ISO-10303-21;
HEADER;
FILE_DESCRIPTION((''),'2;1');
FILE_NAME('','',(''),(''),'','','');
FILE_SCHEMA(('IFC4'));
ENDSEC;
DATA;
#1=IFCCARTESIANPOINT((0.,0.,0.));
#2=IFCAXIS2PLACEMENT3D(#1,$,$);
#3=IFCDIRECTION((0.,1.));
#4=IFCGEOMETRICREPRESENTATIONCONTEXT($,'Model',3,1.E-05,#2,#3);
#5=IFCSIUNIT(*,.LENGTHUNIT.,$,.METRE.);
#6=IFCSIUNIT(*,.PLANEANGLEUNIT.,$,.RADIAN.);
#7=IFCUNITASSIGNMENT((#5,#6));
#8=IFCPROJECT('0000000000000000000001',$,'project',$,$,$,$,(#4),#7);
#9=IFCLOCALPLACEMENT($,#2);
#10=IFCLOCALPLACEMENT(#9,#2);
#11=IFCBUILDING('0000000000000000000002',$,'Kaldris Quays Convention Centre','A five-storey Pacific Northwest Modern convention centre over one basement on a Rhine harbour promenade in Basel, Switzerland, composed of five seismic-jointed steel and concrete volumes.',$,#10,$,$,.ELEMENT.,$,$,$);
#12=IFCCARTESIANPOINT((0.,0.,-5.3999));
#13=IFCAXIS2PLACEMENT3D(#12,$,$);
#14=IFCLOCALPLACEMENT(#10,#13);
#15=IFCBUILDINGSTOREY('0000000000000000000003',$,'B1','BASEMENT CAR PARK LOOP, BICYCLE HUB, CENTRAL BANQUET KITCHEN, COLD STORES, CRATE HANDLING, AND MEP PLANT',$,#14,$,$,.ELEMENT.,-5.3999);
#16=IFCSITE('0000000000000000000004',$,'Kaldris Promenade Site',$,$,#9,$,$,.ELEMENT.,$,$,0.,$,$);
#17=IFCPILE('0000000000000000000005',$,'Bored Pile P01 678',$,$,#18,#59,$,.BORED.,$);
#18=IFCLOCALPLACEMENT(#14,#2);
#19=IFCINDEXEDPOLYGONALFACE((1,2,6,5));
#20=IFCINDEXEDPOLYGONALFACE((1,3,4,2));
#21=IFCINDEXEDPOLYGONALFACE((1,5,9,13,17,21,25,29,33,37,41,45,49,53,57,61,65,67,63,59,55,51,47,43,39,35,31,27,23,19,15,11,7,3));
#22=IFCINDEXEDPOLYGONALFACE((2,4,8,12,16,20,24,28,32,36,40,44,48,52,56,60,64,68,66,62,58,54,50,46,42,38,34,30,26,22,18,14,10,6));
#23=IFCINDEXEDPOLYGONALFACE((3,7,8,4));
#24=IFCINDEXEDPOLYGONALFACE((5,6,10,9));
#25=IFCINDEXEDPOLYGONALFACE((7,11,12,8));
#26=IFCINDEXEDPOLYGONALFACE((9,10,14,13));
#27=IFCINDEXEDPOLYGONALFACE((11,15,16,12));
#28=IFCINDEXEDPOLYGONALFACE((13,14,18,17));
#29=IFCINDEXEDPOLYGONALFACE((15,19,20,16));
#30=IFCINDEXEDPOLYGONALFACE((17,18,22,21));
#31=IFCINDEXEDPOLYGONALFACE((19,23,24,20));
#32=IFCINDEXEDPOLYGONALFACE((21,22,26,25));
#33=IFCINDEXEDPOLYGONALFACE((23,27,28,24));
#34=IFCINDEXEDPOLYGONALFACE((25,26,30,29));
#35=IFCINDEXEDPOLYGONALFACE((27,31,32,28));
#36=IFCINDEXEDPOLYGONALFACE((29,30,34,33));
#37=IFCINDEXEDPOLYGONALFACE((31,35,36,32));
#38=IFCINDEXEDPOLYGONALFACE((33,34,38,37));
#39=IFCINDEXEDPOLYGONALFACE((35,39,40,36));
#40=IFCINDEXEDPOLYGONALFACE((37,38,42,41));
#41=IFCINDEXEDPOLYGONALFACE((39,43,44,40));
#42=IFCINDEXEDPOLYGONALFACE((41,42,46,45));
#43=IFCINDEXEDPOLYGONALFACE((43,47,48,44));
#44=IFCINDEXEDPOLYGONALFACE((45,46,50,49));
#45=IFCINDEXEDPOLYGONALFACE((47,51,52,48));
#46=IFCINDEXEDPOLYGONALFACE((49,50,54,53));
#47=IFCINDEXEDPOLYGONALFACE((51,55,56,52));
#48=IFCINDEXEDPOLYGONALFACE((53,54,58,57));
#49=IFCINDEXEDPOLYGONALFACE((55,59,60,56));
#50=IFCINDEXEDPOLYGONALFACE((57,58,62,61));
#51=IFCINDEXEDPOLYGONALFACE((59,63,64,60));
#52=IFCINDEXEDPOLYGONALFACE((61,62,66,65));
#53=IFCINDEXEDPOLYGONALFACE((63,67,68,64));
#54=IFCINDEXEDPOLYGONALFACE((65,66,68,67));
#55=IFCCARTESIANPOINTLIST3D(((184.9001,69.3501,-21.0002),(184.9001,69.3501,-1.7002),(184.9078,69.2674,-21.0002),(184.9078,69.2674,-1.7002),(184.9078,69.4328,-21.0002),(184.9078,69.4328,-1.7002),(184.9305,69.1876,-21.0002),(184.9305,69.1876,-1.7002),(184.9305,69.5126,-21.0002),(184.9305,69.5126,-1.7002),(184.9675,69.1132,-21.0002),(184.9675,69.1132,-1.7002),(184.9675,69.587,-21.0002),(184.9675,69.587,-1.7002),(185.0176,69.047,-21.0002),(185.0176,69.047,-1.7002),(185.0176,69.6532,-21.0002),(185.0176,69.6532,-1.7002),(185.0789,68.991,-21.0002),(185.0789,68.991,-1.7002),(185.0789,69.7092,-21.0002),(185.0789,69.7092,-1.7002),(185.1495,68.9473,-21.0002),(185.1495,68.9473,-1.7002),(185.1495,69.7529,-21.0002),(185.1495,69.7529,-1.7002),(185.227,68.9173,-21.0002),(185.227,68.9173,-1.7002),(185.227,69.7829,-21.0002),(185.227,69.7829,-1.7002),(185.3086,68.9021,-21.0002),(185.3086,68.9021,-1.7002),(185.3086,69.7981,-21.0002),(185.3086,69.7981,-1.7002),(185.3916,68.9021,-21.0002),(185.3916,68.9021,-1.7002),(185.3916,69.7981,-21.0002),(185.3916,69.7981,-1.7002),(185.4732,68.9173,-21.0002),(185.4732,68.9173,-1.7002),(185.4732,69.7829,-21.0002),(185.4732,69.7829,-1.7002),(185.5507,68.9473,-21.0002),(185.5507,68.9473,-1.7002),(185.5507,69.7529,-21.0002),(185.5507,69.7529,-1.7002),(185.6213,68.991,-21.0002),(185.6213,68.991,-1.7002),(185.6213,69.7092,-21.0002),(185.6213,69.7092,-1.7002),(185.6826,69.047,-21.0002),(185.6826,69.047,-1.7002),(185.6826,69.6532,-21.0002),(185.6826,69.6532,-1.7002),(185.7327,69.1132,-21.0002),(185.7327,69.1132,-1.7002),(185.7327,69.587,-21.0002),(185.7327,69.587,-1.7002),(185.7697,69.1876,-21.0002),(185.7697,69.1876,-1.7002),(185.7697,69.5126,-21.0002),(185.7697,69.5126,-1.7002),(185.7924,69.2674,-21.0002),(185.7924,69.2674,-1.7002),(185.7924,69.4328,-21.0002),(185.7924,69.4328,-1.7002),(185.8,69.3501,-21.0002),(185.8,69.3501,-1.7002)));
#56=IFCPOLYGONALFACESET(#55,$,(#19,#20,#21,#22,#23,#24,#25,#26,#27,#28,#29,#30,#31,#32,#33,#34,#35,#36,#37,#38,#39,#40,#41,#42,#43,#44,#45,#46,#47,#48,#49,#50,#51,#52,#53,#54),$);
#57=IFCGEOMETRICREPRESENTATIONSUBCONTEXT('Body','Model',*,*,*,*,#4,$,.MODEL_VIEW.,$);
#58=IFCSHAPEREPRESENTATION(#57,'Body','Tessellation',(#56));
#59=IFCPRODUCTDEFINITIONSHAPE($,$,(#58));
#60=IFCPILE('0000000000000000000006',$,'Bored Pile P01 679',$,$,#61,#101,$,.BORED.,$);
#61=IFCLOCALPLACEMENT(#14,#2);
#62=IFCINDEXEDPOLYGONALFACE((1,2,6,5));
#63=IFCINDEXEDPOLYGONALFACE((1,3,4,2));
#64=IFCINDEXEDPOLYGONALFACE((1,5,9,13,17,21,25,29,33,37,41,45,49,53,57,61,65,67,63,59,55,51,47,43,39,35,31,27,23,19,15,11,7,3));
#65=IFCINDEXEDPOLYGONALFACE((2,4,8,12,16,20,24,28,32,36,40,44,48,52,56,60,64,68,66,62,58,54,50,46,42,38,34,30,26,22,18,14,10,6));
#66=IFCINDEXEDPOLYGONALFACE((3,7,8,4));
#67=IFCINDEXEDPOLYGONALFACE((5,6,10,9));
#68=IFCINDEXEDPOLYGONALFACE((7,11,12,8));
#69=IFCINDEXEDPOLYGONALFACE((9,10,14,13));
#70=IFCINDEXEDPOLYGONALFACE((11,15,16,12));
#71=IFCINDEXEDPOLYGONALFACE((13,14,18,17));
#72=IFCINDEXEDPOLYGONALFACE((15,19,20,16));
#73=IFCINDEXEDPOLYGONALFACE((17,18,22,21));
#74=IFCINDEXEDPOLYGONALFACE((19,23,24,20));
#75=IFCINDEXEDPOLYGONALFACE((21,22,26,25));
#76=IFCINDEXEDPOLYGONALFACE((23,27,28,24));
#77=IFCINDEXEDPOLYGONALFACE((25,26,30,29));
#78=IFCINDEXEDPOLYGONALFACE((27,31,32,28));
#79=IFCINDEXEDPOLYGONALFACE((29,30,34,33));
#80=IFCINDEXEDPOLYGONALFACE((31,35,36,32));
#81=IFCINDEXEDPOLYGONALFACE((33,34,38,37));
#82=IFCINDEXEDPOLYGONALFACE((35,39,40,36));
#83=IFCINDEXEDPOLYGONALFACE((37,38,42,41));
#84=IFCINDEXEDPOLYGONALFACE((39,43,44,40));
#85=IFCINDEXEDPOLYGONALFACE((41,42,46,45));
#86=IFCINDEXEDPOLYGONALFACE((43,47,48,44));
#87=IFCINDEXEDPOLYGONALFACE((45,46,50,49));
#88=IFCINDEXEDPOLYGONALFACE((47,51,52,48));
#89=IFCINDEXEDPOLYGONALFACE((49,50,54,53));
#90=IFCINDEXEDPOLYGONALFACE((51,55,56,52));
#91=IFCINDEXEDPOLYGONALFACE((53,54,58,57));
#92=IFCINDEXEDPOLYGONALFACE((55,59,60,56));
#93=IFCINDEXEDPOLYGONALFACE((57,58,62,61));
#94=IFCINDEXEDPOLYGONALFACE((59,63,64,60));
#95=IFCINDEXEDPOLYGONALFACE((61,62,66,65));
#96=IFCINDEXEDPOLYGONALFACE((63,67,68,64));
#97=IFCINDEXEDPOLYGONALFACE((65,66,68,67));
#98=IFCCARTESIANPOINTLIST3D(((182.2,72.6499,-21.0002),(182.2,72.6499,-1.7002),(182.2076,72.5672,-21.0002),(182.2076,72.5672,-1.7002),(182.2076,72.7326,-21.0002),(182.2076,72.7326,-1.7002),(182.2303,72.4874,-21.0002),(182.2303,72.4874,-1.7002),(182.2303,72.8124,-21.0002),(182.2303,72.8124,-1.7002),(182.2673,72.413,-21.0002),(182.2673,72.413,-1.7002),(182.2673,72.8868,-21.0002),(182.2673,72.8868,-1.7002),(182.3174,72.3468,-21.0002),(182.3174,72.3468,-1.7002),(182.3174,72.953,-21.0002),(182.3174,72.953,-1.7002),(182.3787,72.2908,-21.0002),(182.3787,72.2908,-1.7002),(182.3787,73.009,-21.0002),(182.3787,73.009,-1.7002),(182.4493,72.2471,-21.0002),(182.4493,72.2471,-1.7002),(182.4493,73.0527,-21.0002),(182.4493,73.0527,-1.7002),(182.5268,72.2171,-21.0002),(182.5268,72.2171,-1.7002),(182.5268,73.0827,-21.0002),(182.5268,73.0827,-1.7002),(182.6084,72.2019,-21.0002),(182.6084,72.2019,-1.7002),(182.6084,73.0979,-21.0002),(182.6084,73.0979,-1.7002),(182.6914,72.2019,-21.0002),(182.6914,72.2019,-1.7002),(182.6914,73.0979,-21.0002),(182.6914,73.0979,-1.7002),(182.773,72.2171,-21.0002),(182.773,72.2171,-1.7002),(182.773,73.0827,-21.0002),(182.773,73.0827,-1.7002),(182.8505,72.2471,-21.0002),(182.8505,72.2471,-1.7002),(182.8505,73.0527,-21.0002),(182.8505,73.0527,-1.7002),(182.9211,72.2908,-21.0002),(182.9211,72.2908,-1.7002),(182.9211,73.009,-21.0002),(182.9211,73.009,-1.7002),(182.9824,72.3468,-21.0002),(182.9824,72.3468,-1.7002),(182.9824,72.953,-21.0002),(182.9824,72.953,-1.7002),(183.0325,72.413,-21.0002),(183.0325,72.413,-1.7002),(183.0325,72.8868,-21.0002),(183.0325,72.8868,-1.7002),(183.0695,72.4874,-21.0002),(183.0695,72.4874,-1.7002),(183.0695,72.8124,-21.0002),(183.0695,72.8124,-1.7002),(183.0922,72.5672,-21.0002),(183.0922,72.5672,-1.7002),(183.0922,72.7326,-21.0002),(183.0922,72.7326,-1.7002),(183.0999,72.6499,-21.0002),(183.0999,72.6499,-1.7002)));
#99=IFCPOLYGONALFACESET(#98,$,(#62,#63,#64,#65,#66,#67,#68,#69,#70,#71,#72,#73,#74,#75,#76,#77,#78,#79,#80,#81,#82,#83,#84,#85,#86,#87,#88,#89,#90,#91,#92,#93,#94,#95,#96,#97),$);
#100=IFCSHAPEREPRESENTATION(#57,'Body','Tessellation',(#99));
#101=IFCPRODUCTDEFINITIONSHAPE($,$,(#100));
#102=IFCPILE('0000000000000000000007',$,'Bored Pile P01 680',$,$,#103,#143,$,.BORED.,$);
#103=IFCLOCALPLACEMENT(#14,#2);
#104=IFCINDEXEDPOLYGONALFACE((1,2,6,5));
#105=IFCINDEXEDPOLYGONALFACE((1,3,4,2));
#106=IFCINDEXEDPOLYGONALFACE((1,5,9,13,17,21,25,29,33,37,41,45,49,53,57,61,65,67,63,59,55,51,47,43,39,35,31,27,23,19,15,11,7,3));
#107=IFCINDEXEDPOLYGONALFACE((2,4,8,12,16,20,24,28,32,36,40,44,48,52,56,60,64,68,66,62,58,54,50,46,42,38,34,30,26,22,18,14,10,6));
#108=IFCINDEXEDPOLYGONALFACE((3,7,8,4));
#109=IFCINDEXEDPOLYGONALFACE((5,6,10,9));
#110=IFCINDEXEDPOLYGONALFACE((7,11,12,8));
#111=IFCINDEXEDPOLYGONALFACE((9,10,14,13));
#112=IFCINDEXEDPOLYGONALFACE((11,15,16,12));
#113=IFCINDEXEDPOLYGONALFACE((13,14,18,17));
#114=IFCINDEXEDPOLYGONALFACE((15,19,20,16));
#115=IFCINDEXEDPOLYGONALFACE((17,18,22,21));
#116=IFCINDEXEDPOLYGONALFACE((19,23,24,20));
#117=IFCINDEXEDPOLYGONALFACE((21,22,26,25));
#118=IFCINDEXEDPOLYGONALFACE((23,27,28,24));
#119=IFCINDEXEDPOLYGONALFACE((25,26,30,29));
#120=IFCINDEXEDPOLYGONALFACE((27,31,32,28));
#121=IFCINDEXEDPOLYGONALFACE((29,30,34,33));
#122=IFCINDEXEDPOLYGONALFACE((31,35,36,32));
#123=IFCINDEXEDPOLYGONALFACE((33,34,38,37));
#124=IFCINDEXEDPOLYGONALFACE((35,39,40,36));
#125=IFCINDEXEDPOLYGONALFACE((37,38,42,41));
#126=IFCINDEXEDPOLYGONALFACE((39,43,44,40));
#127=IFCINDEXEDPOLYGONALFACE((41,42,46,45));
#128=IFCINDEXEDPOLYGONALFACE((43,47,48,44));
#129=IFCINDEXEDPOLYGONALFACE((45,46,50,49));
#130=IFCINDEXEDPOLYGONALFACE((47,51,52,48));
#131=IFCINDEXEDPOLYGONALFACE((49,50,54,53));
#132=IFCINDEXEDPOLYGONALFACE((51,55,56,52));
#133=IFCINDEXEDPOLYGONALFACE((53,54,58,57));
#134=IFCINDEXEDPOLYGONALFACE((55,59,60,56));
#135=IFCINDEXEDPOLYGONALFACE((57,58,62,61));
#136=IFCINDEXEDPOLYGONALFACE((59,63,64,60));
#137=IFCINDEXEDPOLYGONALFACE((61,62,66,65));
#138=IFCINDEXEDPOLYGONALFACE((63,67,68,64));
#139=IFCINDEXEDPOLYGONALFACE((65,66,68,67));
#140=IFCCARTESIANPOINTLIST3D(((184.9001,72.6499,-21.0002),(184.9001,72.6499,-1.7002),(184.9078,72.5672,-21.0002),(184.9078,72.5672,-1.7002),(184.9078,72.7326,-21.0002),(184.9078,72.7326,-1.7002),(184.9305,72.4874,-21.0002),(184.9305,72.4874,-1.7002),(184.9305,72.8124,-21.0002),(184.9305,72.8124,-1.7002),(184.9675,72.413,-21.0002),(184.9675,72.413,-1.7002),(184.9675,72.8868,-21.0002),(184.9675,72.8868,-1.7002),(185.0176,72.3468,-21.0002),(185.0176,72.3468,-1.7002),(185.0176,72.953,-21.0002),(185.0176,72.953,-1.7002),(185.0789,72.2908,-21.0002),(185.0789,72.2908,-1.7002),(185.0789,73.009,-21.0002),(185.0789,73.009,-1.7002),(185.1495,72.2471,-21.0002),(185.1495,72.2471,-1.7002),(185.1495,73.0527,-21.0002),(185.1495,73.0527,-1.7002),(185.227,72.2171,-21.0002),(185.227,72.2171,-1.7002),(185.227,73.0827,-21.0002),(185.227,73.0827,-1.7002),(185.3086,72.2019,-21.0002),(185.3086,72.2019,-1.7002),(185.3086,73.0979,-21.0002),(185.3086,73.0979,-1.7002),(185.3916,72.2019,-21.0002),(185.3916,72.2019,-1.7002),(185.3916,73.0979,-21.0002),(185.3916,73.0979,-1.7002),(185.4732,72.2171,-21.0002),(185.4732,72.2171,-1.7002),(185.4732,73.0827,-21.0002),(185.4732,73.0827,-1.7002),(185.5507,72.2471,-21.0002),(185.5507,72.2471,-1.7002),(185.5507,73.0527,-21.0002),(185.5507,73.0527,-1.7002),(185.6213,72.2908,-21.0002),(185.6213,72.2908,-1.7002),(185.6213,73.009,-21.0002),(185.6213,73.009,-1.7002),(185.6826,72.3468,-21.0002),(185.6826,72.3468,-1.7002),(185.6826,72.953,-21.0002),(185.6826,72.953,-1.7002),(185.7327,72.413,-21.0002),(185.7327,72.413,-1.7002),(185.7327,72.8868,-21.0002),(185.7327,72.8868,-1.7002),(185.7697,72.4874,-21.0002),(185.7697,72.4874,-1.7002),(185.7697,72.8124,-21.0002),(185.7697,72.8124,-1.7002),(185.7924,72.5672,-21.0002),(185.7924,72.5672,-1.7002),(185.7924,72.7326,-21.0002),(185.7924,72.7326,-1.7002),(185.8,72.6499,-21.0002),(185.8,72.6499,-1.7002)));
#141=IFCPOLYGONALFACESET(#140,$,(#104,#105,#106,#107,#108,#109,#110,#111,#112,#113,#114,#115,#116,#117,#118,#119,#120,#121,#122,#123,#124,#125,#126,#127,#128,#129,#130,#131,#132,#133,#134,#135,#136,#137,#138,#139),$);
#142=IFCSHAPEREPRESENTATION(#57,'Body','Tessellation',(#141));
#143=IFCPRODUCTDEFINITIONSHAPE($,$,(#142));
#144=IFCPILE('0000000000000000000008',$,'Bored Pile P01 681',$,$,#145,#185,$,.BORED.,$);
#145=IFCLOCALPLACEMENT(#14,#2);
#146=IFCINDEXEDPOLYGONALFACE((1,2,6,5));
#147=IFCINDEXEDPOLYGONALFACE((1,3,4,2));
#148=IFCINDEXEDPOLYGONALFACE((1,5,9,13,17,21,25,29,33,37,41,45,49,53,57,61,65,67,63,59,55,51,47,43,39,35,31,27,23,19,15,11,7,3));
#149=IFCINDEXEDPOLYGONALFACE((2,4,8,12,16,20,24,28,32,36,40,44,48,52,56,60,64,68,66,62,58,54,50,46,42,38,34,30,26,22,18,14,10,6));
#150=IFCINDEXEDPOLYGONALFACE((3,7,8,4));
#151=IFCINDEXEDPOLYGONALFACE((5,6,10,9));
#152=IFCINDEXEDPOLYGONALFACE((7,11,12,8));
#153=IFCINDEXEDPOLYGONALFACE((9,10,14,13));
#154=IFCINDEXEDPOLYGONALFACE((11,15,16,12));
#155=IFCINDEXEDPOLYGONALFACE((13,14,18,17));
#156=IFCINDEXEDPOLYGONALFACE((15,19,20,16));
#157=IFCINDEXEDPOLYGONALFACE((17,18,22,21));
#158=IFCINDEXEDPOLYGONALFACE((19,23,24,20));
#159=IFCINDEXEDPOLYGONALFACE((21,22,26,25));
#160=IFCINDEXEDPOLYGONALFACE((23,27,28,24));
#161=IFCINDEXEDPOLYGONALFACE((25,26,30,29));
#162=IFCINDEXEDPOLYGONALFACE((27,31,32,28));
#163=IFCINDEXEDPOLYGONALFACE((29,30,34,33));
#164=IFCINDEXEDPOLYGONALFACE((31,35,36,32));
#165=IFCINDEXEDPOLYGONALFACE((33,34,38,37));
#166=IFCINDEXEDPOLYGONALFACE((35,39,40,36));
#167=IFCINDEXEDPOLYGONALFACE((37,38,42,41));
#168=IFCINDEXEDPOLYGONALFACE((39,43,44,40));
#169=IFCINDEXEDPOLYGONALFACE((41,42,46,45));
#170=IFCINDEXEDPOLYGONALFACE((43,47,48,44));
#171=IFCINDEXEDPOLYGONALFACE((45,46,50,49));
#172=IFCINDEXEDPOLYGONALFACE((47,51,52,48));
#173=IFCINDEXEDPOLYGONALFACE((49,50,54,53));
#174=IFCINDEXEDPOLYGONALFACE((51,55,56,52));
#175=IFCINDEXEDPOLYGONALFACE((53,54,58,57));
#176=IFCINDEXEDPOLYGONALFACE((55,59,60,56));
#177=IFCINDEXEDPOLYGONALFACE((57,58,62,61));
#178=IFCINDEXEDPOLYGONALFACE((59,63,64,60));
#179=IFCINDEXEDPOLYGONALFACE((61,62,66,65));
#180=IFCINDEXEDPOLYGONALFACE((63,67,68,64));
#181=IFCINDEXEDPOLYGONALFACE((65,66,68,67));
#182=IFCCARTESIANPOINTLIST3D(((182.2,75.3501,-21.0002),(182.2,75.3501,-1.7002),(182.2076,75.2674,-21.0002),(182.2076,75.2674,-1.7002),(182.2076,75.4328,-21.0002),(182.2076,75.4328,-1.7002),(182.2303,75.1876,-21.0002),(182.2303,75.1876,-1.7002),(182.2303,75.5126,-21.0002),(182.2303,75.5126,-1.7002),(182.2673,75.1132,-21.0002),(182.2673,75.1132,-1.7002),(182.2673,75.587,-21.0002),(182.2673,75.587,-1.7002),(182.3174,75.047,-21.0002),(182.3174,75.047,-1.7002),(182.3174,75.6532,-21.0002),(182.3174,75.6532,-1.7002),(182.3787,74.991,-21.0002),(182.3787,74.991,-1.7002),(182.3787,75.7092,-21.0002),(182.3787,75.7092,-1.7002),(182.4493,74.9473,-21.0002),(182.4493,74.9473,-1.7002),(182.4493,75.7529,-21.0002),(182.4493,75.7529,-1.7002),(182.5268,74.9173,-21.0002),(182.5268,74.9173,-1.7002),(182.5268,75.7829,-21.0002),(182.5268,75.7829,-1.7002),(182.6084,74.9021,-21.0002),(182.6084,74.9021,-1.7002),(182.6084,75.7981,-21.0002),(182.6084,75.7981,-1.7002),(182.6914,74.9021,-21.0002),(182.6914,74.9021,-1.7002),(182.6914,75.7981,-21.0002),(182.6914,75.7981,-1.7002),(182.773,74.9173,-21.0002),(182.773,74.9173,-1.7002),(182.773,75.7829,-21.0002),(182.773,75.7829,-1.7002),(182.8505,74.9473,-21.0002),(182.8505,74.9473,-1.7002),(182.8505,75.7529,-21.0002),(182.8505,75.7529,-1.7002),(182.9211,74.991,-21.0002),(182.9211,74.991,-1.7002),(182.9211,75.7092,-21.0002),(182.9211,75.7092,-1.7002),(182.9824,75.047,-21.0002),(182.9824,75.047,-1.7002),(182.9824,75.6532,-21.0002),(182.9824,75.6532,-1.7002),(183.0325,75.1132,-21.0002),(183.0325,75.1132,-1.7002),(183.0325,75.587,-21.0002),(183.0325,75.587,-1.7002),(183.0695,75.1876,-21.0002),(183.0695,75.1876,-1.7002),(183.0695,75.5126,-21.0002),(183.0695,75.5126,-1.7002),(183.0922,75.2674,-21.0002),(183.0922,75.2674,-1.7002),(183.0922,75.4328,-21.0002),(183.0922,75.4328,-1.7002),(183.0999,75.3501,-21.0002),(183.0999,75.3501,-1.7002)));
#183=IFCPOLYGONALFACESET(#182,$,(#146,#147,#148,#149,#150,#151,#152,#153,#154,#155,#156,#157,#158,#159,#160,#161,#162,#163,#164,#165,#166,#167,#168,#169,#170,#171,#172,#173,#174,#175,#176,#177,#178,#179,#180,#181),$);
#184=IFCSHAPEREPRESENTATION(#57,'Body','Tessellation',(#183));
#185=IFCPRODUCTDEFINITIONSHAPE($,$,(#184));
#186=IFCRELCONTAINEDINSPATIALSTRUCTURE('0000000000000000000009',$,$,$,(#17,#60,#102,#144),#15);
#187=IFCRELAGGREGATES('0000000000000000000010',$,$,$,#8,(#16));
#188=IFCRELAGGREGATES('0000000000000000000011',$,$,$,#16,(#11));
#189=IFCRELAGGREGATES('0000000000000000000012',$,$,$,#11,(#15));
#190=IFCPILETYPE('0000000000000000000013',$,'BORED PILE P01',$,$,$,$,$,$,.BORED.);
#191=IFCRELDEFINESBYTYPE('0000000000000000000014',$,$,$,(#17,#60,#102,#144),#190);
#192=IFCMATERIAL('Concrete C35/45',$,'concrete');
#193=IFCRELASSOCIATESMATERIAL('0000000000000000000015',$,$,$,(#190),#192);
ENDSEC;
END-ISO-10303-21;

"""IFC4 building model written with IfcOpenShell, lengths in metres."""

from ifc_helpers import new_model, si_unit, direction, frame, origin, origin_2d, place, context, subcontext, project, spatial, circle, extrude, material, material_profile, profile_set, type_object, element, save


model = new_model("IFC4")

# Units and contexts
model_context = context("Model", 3, precision=1e-05, world=origin(), true_north=direction((0.0, 1.0)))
body_context = subcontext(model_context, "Body", "Model", "MODEL_VIEW")
ifc_project = project(units=[si_unit("LENGTHUNIT", "METRE"), si_unit("PLANEANGLEUNIT", "RADIAN")], contexts=[model_context])

# Site, building, storey
site_placement = place(None, origin())
site = spatial("IfcSite", under=ifc_project, at=site_placement, Name="Kaldris Promenade Site", CompositionType="ELEMENT", RefElevation=0.0)
building_placement = place(site_placement, origin())
building = spatial("IfcBuilding", under=site, at=building_placement, Name="Kaldris Quays Convention Centre", Description="A five-storey Pacific Northwest Modern convention centre over one basement on a Rhine harbour promenade in Basel, Switzerland, composed of five seismic-jointed steel and concrete volumes.", CompositionType="ELEMENT")
storey_placement = place(building_placement, frame((0.0, 0.0, -5.3999)))
storey = spatial("IfcBuildingStorey", under=building, at=storey_placement, Name="B1", Description="BASEMENT CAR PARK LOOP, BICYCLE HUB, CENTRAL BANQUET KITCHEN, COLD STORES, CRATE HANDLING, AND MEP PLANT", CompositionType="ELEMENT", Elevation=-5.3999)

# Piles
ifc_material_1 = material(Name="Concrete C35/45", Category="concrete")
ifc_material_profile_1 = material_profile(ifc_material_1, circle(Radius=0.45, at=origin_2d()), Name="BORED PILE D900")
ifc_profile_set_1 = profile_set([ifc_material_profile_1], Name="Concrete C35/45")
pile_type_1 = type_object("IfcPileType", Name="BORED PILE P01", PredefinedType="BORED", material=ifc_profile_set_1)
for number, where, z_axis, x_axis, name in (
    (1, (185.3501, 69.3501, -1.7002), (0.0, 0.0, -1.0), (1.0, 0.0, 0.0), "Bored Pile P01 678"),
    (2, (182.6499, 72.6499, -1.7002), (0.0, 0.0, -1.0), (1.0, 0.0, 0.0), "Bored Pile P01 679"),
    (3, (185.3501, 72.6499, -1.7002), (0.0, 0.0, -1.0), (1.0, 0.0, 0.0), "Bored Pile P01 680"),
    (4, (182.6499, 75.3501, -1.7002), (0.0, 0.0, -1.0), (1.0, 0.0, 0.0), "Bored Pile P01 681"),
):
    element("IfcPile", number, at=place(storey_placement, frame(where, z_axis=z_axis, x_axis=x_axis)), inside=storey, type_object=pile_type_1, Name=name, PredefinedType="BORED", context=body_context, shape_type="SweptSolid", body=[
        extrude(circle(Radius=0.45, at=origin_2d()), origin(), (0.0, 0.0, 1.0), 19.3),
    ])

save(model, "model.ifc")
